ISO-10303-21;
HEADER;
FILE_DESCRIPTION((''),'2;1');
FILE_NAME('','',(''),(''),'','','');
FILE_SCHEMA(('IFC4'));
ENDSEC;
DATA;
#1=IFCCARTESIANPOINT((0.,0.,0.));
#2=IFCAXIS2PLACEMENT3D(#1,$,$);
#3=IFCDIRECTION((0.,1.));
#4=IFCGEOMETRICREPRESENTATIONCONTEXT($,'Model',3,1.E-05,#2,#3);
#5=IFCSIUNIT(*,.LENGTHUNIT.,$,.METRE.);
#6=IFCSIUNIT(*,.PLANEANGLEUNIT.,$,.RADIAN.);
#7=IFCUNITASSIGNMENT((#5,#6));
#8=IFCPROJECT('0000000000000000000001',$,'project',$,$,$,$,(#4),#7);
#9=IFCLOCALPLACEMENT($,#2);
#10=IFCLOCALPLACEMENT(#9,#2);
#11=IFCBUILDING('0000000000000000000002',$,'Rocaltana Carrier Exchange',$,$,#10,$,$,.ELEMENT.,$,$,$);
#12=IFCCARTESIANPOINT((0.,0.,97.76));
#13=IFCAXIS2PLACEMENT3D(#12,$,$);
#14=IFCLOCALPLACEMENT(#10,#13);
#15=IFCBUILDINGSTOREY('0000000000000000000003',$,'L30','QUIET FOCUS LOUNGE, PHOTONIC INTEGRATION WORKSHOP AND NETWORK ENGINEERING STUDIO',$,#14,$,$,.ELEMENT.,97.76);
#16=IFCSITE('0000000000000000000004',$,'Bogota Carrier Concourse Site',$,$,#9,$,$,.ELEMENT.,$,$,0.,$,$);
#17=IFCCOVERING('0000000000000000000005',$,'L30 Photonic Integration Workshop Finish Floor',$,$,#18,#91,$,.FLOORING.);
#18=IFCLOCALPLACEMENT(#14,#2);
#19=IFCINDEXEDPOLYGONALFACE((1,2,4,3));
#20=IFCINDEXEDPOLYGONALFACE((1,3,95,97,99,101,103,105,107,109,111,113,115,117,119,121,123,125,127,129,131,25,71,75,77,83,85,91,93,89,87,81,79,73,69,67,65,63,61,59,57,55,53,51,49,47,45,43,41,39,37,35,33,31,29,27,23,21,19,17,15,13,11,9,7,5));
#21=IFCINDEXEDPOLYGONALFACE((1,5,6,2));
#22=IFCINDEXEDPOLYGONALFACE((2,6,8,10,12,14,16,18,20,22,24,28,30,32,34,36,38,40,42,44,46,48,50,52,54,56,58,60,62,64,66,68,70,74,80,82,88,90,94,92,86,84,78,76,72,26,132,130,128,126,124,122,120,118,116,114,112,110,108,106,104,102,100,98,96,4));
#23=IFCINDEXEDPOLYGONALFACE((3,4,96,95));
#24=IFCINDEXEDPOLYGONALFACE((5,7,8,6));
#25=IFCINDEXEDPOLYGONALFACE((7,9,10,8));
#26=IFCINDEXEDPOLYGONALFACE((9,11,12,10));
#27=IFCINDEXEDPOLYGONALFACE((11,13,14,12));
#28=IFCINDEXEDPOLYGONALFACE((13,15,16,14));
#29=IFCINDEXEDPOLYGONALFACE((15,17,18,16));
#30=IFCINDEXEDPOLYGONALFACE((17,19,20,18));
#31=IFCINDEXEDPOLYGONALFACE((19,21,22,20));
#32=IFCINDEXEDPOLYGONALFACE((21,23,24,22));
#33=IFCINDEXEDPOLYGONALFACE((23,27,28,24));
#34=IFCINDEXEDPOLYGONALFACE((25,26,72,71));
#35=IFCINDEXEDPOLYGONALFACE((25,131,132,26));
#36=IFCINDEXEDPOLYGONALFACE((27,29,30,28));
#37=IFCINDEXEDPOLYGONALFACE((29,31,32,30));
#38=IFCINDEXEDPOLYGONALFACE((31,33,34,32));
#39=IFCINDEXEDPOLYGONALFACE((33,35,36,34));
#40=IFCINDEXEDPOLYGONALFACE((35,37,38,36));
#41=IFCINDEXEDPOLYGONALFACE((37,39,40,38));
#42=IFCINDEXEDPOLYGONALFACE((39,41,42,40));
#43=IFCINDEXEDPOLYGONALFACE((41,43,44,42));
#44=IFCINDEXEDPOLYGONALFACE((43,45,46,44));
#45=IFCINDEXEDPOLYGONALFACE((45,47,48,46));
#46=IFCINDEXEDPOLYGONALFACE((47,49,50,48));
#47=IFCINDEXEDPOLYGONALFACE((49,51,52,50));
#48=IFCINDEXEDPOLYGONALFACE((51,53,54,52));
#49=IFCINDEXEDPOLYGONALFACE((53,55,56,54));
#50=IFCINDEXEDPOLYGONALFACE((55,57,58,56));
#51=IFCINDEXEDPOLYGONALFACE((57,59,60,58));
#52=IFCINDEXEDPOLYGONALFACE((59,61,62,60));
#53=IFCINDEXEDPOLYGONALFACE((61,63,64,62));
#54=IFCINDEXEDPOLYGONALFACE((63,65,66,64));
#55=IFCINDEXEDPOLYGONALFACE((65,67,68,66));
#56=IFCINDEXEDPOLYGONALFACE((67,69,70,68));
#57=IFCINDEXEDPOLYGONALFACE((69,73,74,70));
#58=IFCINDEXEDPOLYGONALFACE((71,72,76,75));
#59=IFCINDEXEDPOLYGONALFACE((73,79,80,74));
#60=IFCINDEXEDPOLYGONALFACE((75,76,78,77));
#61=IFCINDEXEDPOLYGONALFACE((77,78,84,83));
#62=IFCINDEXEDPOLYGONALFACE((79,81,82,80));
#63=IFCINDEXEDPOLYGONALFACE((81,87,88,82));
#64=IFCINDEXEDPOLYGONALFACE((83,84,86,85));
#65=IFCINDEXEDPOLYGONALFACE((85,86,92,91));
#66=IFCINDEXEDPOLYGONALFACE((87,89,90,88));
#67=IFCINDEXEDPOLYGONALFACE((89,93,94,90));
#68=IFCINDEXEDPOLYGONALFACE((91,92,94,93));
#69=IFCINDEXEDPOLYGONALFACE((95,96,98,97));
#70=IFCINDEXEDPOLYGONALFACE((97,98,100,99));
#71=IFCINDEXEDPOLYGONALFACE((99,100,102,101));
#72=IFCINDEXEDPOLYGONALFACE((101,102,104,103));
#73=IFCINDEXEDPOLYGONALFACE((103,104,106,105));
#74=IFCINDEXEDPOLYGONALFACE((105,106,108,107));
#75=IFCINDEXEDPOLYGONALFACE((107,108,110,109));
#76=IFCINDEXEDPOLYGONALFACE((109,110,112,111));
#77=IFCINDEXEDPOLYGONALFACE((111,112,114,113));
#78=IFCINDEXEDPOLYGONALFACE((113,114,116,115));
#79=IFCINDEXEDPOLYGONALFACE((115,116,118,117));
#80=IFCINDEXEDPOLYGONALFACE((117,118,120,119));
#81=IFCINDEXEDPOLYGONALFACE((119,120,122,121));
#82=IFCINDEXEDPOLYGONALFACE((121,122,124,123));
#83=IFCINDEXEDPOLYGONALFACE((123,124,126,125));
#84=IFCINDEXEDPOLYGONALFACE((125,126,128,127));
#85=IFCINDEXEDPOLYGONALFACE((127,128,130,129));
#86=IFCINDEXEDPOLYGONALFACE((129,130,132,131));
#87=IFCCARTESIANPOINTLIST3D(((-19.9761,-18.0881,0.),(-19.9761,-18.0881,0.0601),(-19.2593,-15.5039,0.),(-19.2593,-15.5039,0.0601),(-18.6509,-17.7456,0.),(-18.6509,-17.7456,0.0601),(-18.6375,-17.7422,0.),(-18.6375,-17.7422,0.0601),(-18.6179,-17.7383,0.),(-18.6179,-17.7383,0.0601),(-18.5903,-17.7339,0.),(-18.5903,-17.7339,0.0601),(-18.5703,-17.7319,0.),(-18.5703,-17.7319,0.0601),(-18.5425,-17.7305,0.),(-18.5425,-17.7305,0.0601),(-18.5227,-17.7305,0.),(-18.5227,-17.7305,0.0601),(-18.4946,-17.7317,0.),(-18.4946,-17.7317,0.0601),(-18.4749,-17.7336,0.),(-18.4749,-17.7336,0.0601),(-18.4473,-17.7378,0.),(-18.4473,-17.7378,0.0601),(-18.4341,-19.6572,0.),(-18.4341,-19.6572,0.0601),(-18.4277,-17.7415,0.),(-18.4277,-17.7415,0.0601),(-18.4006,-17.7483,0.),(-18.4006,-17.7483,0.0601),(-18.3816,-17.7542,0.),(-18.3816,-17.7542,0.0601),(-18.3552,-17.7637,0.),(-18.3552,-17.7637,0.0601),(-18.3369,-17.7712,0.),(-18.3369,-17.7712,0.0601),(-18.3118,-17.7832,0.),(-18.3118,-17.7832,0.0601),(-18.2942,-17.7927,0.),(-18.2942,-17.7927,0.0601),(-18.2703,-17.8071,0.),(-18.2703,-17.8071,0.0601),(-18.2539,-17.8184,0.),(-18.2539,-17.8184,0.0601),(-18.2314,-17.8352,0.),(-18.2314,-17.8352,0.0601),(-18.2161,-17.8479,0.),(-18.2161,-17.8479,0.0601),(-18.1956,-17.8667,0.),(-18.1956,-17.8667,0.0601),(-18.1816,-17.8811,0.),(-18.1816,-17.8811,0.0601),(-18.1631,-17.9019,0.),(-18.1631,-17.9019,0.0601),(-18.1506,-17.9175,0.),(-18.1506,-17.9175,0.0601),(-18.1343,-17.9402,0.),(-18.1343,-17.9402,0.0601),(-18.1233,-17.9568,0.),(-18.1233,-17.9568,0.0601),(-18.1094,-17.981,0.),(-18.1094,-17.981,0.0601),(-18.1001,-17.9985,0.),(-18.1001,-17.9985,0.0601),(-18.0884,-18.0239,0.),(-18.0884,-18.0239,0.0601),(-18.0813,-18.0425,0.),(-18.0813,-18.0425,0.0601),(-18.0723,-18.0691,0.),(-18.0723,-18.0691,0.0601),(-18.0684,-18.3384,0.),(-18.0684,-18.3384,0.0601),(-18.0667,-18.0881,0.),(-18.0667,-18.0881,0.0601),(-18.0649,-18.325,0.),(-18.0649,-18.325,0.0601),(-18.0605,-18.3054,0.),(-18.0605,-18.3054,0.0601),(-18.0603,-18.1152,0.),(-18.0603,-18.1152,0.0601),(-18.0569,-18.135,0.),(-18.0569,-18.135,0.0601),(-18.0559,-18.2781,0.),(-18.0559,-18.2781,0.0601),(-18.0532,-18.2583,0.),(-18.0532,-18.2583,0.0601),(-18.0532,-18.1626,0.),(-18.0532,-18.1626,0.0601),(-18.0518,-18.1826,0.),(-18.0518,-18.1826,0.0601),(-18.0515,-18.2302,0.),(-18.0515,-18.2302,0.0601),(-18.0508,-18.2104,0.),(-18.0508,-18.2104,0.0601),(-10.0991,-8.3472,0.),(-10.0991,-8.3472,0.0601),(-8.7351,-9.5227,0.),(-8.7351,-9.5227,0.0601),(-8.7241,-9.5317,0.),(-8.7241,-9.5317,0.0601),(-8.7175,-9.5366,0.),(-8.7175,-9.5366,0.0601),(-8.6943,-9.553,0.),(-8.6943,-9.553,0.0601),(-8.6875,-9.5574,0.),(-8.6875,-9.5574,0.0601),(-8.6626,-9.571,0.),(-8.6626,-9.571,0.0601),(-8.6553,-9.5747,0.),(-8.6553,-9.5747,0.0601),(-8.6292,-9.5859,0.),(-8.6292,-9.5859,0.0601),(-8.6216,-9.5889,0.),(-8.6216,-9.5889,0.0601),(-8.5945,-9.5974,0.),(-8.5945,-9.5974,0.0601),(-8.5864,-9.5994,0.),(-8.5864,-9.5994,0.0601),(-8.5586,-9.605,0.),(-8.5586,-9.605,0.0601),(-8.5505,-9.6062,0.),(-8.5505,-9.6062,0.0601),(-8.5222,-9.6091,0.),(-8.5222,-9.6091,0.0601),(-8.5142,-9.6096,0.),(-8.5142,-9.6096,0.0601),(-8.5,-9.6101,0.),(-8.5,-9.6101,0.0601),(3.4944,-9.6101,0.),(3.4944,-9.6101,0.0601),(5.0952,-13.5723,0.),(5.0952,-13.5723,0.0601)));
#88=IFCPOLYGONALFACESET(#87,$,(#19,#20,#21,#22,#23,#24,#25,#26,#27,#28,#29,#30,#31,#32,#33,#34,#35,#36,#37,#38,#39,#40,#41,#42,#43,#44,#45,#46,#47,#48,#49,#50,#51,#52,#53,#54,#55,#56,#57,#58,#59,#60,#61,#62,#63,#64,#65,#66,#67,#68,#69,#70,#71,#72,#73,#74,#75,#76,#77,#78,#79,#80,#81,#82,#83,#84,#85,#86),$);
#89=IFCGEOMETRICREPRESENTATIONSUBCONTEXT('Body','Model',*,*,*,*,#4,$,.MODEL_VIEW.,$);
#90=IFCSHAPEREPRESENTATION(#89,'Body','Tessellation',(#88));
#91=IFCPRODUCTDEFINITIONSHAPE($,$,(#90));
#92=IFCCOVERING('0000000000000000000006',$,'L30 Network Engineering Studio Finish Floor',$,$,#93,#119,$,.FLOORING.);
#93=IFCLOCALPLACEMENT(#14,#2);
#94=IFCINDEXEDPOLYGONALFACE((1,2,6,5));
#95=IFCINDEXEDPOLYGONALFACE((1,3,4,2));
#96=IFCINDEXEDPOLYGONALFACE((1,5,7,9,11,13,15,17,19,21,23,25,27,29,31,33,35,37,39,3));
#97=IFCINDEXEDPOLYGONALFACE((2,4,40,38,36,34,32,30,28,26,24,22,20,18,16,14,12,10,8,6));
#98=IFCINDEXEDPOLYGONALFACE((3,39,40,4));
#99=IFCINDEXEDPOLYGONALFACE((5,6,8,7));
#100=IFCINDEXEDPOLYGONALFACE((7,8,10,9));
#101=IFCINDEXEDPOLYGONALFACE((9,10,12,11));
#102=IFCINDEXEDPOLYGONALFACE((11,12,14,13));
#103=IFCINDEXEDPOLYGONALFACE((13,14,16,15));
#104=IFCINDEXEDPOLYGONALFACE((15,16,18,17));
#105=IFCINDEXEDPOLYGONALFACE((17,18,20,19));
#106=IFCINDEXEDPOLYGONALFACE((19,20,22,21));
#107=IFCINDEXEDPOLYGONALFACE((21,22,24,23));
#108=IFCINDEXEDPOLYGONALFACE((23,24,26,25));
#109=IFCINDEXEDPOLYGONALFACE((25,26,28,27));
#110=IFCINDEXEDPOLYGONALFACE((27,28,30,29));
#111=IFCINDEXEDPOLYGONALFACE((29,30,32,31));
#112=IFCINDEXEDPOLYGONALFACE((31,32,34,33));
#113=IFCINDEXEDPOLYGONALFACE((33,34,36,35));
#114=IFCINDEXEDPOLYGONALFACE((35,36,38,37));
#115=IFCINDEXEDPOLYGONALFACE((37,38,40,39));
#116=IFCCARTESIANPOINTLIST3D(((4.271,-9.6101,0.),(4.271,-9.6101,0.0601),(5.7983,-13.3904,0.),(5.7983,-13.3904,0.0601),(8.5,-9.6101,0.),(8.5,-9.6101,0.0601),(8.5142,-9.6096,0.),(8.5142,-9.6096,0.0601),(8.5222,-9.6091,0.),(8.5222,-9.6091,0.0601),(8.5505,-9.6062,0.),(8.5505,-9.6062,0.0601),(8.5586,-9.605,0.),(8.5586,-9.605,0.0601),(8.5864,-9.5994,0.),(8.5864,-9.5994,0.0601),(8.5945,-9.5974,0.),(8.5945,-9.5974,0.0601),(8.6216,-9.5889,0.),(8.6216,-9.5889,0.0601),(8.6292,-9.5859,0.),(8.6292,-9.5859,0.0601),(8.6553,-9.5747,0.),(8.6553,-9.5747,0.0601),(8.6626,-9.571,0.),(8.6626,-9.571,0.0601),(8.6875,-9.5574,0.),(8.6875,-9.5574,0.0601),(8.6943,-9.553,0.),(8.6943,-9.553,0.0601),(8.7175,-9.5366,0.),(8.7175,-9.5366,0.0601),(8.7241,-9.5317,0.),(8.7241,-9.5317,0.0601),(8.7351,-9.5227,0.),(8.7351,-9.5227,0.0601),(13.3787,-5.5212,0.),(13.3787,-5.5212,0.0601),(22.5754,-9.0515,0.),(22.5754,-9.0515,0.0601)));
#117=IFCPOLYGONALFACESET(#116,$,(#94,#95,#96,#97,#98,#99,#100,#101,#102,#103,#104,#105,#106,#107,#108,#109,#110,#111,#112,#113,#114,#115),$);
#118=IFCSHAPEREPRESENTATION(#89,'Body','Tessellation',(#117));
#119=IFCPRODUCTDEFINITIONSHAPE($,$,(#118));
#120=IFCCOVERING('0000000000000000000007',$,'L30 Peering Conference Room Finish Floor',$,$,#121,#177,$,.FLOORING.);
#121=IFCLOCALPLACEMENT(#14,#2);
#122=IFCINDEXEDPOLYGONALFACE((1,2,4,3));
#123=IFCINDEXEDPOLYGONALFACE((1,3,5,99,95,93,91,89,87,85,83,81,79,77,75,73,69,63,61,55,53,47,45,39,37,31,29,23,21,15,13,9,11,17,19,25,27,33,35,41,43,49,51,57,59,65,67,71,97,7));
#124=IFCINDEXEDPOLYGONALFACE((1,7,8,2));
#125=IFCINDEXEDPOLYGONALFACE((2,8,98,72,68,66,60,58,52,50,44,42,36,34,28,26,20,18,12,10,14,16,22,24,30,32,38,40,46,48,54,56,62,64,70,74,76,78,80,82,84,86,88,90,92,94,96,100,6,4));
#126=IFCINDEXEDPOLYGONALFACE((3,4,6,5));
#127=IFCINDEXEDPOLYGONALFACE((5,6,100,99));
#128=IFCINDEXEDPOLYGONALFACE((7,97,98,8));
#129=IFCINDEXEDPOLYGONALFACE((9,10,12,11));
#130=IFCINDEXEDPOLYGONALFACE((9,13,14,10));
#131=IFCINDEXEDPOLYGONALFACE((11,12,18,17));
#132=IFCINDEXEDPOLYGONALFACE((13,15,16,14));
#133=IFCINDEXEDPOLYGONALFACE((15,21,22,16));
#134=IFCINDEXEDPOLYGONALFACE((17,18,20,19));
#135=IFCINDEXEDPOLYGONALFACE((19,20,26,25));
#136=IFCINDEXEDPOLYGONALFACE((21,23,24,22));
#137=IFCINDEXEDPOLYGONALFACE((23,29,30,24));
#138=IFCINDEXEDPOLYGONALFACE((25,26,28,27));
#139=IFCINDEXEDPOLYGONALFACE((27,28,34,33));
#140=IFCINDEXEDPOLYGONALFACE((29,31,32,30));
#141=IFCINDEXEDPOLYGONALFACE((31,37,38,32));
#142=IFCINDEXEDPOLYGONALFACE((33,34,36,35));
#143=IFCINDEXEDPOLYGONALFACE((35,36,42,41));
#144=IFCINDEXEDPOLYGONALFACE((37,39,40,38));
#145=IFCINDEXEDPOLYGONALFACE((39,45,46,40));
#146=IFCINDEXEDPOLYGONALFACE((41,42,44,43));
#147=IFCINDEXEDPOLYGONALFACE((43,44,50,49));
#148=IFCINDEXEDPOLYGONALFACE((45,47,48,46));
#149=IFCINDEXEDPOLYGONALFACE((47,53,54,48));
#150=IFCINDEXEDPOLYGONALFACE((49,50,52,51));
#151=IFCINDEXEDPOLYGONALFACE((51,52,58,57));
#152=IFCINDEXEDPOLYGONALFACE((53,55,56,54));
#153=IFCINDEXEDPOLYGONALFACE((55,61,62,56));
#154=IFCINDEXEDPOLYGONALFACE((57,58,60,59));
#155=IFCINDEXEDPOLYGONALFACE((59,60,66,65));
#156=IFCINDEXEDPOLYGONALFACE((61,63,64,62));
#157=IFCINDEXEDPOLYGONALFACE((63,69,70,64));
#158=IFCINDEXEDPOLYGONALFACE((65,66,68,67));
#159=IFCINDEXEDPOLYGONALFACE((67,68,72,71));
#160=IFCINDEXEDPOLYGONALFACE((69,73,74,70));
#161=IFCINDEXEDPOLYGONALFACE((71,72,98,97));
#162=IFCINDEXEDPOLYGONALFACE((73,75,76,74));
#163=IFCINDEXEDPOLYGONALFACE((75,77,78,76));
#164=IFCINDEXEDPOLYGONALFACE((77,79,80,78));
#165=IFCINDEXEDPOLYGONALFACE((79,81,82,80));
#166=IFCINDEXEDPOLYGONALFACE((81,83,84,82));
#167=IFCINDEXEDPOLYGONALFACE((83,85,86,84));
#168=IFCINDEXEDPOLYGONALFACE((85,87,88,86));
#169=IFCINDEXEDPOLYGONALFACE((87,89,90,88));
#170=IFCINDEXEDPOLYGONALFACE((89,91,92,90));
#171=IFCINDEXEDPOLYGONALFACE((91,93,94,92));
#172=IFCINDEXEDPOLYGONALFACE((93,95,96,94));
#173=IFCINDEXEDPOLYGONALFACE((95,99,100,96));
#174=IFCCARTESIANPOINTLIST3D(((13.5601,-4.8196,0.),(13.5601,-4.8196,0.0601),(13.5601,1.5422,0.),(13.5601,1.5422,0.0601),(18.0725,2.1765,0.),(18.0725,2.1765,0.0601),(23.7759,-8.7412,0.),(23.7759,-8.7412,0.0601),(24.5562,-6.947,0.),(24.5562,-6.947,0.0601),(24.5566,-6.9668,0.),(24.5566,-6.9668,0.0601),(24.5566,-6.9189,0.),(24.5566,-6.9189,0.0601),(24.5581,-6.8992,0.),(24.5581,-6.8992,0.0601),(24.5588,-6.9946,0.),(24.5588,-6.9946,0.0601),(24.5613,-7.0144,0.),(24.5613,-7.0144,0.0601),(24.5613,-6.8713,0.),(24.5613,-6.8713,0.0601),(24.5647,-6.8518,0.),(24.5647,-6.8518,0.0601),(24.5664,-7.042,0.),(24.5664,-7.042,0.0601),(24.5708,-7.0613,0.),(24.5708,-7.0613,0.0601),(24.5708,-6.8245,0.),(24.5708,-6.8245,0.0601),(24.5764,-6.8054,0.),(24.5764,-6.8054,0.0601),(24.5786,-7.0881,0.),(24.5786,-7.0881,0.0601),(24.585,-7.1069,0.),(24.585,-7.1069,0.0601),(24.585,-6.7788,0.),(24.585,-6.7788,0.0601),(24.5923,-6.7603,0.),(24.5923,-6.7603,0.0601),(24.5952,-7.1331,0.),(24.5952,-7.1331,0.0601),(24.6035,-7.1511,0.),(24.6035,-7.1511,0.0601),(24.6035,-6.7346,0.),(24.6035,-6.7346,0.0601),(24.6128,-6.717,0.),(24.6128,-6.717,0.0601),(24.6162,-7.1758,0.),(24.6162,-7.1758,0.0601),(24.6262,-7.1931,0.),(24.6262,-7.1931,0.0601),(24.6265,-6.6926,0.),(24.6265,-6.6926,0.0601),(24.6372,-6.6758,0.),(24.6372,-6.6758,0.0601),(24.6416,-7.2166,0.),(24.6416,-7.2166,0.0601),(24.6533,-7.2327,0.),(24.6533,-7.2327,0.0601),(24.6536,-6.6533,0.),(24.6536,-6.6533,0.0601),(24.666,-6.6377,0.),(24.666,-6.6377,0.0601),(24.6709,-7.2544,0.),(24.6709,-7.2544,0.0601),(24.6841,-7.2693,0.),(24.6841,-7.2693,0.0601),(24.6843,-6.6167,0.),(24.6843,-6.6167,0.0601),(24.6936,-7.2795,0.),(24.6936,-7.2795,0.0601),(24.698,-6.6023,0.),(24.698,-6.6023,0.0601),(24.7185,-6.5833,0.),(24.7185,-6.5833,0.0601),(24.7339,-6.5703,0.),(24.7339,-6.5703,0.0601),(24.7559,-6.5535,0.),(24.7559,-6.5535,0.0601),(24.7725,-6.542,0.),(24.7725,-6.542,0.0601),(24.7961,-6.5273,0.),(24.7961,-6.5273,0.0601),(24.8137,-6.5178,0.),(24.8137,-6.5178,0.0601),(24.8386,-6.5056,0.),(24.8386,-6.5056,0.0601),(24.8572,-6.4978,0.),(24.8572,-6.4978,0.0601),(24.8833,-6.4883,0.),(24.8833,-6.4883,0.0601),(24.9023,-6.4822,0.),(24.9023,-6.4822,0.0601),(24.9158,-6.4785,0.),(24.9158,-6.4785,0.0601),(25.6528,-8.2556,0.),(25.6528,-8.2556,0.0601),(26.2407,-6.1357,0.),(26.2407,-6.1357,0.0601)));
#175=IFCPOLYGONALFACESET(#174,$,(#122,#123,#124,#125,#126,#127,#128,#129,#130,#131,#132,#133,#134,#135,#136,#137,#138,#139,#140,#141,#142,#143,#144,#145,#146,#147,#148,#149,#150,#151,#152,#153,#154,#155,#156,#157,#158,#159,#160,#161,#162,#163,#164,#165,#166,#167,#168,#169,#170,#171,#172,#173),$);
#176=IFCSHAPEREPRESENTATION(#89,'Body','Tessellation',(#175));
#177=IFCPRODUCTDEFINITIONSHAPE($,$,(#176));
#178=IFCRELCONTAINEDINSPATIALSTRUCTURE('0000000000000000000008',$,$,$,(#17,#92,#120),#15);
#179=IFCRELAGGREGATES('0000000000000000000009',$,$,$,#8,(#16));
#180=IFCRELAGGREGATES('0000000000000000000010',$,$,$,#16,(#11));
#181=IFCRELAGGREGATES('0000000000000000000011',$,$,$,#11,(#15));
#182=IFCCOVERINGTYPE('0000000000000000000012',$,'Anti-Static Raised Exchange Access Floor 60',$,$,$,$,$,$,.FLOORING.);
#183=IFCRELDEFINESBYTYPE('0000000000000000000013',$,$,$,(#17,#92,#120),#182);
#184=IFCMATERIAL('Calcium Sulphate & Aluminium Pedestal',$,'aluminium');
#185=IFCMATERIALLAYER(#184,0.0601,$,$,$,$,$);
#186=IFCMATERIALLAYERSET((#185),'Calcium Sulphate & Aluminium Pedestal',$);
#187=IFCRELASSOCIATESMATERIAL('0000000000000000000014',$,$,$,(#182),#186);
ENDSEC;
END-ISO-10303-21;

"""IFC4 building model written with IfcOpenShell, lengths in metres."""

from ifc_helpers import new_model, si_unit, direction, frame, origin, place, context, subcontext, project, spatial, polyline, outline, extrude, material, layer, layer_set, type_object, element, save


model = new_model("IFC4")

# Units and contexts
model_context = context("Model", 3, precision=1e-05, world=origin(), true_north=direction((0.0, 1.0)))
body_context = subcontext(model_context, "Body", "Model", "MODEL_VIEW")
ifc_project = project(units=[si_unit("LENGTHUNIT", "METRE"), si_unit("PLANEANGLEUNIT", "RADIAN")], contexts=[model_context])

# Site, building, storey
site_placement = place(None, origin())
site = spatial("IfcSite", under=ifc_project, at=site_placement, Name="Bogota Carrier Concourse Site", CompositionType="ELEMENT", RefElevation=0.0)
building_placement = place(site_placement, origin())
building = spatial("IfcBuilding", under=site, at=building_placement, Name="Rocaltana Carrier Exchange", CompositionType="ELEMENT")
storey_placement = place(building_placement, frame((0.0, 0.0, 97.76)))
storey = spatial("IfcBuildingStorey", under=building, at=storey_placement, Name="L30", Description="QUIET FOCUS LOUNGE, PHOTONIC INTEGRATION WORKSHOP AND NETWORK ENGINEERING STUDIO", CompositionType="ELEMENT", Elevation=97.76)

# Coverings
ifc_material_1 = material(Name="Calcium Sulphate & Aluminium Pedestal", Category="aluminium")
ifc_layer_1 = layer(ifc_material_1, 0.0601)
ifc_layer_set_1 = layer_set([ifc_layer_1], Name="Calcium Sulphate & Aluminium Pedestal")
covering_type_1 = type_object("IfcCoveringType", Name="Anti-Static Raised Exchange Access Floor 60", PredefinedType="FLOORING", material=ifc_layer_set_1)
covering_1_placement = place(storey_placement, origin())
element("IfcCovering", 1, at=covering_1_placement, inside=storey, type_object=covering_type_1, Name="L30 Photonic Integration Workshop Finish Floor", PredefinedType="FLOORING", context=body_context, shape_type="SweptSolid", body=[
    extrude(outline(polyline([(-18.0684, -18.3384), (-18.0649, -18.325), (-18.0605, -18.3054), (-18.0559, -18.2781), (-18.0532, -18.2583), (-18.0515, -18.2302), (-18.0508, -18.2104), (-18.0518, -18.1826), (-18.0532, -18.1626), (-18.0569, -18.135), (-18.0603, -18.1152), (-18.0667, -18.0881), (-18.0723, -18.0691), (-18.0813, -18.0425), (-18.0884, -18.0239), (-18.1001, -17.9985), (-18.1094, -17.981), (-18.1233, -17.9568), (-18.1343, -17.9402), (-18.1506, -17.9175), (-18.1631, -17.9019), (-18.1816, -17.8811), (-18.1956, -17.8667), (-18.2161, -17.8479), (-18.2314, -17.8352), (-18.2539, -17.8184), (-18.2703, -17.8071), (-18.2942, -17.7927), (-18.3118, -17.7832), (-18.3369, -17.7712), (-18.3552, -17.7637), (-18.3816, -17.7542), (-18.4006, -17.7483), (-18.4277, -17.7415), (-18.4473, -17.7378), (-18.4749, -17.7336), (-18.4946, -17.7317), (-18.5227, -17.7305), (-18.5425, -17.7305), (-18.5703, -17.7319), (-18.5903, -17.7339), (-18.6179, -17.7383), (-18.6375, -17.7422), (-18.6509, -17.7456), (-19.9761, -18.0881), (-19.2593, -15.5039), (-10.0991, -8.3472), (-8.7351, -9.5227), (-8.7241, -9.5317), (-8.7175, -9.5366), (-8.6943, -9.553), (-8.6875, -9.5574), (-8.6626, -9.571), (-8.6553, -9.5747), (-8.6292, -9.5859), (-8.6216, -9.5889), (-8.5945, -9.5974), (-8.5864, -9.5994), (-8.5586, -9.605), (-8.5505, -9.6062), (-8.5222, -9.6091), (-8.5142, -9.6096), (-8.5, -9.6101), (3.4944, -9.6101), (5.0952, -13.5723), (-18.4341, -19.6572), (-18.0684, -18.3384)])), origin(), (0.0, 0.0, 1.0), 0.0601),
])
covering_2_placement = place(storey_placement, origin())
element("IfcCovering", 2, at=covering_2_placement, inside=storey, type_object=covering_type_1, Name="L30 Network Engineering Studio Finish Floor", PredefinedType="FLOORING", context=body_context, shape_type="SweptSolid", body=[
    extrude(outline(polyline([(5.7983, -13.3904), (4.271, -9.6101), (8.5, -9.6101), (8.5142, -9.6096), (8.5222, -9.6091), (8.5505, -9.6062), (8.5586, -9.605), (8.5864, -9.5994), (8.5945, -9.5974), (8.6216, -9.5889), (8.6292, -9.5859), (8.6553, -9.5747), (8.6626, -9.571), (8.6875, -9.5574), (8.6943, -9.553), (8.7175, -9.5366), (8.7241, -9.5317), (8.7351, -9.5227), (13.3787, -5.5212), (22.5754, -9.0515), (5.7983, -13.3904)])), origin(), (0.0, 0.0, 1.0), 0.0601),
])
covering_3_placement = place(storey_placement, origin())
element("IfcCovering", 3, at=covering_3_placement, inside=storey, type_object=covering_type_1, Name="L30 Peering Conference Room Finish Floor", PredefinedType="FLOORING", context=body_context, shape_type="SweptSolid", body=[
    extrude(outline(polyline([(26.2407, -6.1357), (24.9158, -6.4785), (24.9023, -6.4822), (24.8833, -6.4883), (24.8572, -6.4978), (24.8386, -6.5056), (24.8137, -6.5178), (24.7961, -6.5273), (24.7725, -6.542), (24.7559, -6.5535), (24.7339, -6.5703), (24.7185, -6.5833), (24.698, -6.6023), (24.6843, -6.6167), (24.666, -6.6377), (24.6536, -6.6533), (24.6372, -6.6758), (24.6265, -6.6926), (24.6128, -6.717), (24.6035, -6.7346), (24.5923, -6.7603), (24.585, -6.7788), (24.5764, -6.8054), (24.5708, -6.8245), (24.5647, -6.8518), (24.5613, -6.8713), (24.5581, -6.8992), (24.5566, -6.9189), (24.5562, -6.947), (24.5566, -6.9668), (24.5588, -6.9946), (24.5613, -7.0144), (24.5664, -7.042), (24.5708, -7.0613), (24.5786, -7.0881), (24.585, -7.1069), (24.5952, -7.1331), (24.6035, -7.1511), (24.6162, -7.1758), (24.6262, -7.1931), (24.6416, -7.2166), (24.6533, -7.2327), (24.6709, -7.2544), (24.6841, -7.2693), (24.6936, -7.2795), (25.6528, -8.2556), (23.7759, -8.7412), (13.5601, -4.8196), (13.5601, 1.5422), (18.0725, 2.1765), (26.2407, -6.1357)])), origin(), (0.0, 0.0, 1.0), 0.0601),
])

save(model, "model.ifc")
